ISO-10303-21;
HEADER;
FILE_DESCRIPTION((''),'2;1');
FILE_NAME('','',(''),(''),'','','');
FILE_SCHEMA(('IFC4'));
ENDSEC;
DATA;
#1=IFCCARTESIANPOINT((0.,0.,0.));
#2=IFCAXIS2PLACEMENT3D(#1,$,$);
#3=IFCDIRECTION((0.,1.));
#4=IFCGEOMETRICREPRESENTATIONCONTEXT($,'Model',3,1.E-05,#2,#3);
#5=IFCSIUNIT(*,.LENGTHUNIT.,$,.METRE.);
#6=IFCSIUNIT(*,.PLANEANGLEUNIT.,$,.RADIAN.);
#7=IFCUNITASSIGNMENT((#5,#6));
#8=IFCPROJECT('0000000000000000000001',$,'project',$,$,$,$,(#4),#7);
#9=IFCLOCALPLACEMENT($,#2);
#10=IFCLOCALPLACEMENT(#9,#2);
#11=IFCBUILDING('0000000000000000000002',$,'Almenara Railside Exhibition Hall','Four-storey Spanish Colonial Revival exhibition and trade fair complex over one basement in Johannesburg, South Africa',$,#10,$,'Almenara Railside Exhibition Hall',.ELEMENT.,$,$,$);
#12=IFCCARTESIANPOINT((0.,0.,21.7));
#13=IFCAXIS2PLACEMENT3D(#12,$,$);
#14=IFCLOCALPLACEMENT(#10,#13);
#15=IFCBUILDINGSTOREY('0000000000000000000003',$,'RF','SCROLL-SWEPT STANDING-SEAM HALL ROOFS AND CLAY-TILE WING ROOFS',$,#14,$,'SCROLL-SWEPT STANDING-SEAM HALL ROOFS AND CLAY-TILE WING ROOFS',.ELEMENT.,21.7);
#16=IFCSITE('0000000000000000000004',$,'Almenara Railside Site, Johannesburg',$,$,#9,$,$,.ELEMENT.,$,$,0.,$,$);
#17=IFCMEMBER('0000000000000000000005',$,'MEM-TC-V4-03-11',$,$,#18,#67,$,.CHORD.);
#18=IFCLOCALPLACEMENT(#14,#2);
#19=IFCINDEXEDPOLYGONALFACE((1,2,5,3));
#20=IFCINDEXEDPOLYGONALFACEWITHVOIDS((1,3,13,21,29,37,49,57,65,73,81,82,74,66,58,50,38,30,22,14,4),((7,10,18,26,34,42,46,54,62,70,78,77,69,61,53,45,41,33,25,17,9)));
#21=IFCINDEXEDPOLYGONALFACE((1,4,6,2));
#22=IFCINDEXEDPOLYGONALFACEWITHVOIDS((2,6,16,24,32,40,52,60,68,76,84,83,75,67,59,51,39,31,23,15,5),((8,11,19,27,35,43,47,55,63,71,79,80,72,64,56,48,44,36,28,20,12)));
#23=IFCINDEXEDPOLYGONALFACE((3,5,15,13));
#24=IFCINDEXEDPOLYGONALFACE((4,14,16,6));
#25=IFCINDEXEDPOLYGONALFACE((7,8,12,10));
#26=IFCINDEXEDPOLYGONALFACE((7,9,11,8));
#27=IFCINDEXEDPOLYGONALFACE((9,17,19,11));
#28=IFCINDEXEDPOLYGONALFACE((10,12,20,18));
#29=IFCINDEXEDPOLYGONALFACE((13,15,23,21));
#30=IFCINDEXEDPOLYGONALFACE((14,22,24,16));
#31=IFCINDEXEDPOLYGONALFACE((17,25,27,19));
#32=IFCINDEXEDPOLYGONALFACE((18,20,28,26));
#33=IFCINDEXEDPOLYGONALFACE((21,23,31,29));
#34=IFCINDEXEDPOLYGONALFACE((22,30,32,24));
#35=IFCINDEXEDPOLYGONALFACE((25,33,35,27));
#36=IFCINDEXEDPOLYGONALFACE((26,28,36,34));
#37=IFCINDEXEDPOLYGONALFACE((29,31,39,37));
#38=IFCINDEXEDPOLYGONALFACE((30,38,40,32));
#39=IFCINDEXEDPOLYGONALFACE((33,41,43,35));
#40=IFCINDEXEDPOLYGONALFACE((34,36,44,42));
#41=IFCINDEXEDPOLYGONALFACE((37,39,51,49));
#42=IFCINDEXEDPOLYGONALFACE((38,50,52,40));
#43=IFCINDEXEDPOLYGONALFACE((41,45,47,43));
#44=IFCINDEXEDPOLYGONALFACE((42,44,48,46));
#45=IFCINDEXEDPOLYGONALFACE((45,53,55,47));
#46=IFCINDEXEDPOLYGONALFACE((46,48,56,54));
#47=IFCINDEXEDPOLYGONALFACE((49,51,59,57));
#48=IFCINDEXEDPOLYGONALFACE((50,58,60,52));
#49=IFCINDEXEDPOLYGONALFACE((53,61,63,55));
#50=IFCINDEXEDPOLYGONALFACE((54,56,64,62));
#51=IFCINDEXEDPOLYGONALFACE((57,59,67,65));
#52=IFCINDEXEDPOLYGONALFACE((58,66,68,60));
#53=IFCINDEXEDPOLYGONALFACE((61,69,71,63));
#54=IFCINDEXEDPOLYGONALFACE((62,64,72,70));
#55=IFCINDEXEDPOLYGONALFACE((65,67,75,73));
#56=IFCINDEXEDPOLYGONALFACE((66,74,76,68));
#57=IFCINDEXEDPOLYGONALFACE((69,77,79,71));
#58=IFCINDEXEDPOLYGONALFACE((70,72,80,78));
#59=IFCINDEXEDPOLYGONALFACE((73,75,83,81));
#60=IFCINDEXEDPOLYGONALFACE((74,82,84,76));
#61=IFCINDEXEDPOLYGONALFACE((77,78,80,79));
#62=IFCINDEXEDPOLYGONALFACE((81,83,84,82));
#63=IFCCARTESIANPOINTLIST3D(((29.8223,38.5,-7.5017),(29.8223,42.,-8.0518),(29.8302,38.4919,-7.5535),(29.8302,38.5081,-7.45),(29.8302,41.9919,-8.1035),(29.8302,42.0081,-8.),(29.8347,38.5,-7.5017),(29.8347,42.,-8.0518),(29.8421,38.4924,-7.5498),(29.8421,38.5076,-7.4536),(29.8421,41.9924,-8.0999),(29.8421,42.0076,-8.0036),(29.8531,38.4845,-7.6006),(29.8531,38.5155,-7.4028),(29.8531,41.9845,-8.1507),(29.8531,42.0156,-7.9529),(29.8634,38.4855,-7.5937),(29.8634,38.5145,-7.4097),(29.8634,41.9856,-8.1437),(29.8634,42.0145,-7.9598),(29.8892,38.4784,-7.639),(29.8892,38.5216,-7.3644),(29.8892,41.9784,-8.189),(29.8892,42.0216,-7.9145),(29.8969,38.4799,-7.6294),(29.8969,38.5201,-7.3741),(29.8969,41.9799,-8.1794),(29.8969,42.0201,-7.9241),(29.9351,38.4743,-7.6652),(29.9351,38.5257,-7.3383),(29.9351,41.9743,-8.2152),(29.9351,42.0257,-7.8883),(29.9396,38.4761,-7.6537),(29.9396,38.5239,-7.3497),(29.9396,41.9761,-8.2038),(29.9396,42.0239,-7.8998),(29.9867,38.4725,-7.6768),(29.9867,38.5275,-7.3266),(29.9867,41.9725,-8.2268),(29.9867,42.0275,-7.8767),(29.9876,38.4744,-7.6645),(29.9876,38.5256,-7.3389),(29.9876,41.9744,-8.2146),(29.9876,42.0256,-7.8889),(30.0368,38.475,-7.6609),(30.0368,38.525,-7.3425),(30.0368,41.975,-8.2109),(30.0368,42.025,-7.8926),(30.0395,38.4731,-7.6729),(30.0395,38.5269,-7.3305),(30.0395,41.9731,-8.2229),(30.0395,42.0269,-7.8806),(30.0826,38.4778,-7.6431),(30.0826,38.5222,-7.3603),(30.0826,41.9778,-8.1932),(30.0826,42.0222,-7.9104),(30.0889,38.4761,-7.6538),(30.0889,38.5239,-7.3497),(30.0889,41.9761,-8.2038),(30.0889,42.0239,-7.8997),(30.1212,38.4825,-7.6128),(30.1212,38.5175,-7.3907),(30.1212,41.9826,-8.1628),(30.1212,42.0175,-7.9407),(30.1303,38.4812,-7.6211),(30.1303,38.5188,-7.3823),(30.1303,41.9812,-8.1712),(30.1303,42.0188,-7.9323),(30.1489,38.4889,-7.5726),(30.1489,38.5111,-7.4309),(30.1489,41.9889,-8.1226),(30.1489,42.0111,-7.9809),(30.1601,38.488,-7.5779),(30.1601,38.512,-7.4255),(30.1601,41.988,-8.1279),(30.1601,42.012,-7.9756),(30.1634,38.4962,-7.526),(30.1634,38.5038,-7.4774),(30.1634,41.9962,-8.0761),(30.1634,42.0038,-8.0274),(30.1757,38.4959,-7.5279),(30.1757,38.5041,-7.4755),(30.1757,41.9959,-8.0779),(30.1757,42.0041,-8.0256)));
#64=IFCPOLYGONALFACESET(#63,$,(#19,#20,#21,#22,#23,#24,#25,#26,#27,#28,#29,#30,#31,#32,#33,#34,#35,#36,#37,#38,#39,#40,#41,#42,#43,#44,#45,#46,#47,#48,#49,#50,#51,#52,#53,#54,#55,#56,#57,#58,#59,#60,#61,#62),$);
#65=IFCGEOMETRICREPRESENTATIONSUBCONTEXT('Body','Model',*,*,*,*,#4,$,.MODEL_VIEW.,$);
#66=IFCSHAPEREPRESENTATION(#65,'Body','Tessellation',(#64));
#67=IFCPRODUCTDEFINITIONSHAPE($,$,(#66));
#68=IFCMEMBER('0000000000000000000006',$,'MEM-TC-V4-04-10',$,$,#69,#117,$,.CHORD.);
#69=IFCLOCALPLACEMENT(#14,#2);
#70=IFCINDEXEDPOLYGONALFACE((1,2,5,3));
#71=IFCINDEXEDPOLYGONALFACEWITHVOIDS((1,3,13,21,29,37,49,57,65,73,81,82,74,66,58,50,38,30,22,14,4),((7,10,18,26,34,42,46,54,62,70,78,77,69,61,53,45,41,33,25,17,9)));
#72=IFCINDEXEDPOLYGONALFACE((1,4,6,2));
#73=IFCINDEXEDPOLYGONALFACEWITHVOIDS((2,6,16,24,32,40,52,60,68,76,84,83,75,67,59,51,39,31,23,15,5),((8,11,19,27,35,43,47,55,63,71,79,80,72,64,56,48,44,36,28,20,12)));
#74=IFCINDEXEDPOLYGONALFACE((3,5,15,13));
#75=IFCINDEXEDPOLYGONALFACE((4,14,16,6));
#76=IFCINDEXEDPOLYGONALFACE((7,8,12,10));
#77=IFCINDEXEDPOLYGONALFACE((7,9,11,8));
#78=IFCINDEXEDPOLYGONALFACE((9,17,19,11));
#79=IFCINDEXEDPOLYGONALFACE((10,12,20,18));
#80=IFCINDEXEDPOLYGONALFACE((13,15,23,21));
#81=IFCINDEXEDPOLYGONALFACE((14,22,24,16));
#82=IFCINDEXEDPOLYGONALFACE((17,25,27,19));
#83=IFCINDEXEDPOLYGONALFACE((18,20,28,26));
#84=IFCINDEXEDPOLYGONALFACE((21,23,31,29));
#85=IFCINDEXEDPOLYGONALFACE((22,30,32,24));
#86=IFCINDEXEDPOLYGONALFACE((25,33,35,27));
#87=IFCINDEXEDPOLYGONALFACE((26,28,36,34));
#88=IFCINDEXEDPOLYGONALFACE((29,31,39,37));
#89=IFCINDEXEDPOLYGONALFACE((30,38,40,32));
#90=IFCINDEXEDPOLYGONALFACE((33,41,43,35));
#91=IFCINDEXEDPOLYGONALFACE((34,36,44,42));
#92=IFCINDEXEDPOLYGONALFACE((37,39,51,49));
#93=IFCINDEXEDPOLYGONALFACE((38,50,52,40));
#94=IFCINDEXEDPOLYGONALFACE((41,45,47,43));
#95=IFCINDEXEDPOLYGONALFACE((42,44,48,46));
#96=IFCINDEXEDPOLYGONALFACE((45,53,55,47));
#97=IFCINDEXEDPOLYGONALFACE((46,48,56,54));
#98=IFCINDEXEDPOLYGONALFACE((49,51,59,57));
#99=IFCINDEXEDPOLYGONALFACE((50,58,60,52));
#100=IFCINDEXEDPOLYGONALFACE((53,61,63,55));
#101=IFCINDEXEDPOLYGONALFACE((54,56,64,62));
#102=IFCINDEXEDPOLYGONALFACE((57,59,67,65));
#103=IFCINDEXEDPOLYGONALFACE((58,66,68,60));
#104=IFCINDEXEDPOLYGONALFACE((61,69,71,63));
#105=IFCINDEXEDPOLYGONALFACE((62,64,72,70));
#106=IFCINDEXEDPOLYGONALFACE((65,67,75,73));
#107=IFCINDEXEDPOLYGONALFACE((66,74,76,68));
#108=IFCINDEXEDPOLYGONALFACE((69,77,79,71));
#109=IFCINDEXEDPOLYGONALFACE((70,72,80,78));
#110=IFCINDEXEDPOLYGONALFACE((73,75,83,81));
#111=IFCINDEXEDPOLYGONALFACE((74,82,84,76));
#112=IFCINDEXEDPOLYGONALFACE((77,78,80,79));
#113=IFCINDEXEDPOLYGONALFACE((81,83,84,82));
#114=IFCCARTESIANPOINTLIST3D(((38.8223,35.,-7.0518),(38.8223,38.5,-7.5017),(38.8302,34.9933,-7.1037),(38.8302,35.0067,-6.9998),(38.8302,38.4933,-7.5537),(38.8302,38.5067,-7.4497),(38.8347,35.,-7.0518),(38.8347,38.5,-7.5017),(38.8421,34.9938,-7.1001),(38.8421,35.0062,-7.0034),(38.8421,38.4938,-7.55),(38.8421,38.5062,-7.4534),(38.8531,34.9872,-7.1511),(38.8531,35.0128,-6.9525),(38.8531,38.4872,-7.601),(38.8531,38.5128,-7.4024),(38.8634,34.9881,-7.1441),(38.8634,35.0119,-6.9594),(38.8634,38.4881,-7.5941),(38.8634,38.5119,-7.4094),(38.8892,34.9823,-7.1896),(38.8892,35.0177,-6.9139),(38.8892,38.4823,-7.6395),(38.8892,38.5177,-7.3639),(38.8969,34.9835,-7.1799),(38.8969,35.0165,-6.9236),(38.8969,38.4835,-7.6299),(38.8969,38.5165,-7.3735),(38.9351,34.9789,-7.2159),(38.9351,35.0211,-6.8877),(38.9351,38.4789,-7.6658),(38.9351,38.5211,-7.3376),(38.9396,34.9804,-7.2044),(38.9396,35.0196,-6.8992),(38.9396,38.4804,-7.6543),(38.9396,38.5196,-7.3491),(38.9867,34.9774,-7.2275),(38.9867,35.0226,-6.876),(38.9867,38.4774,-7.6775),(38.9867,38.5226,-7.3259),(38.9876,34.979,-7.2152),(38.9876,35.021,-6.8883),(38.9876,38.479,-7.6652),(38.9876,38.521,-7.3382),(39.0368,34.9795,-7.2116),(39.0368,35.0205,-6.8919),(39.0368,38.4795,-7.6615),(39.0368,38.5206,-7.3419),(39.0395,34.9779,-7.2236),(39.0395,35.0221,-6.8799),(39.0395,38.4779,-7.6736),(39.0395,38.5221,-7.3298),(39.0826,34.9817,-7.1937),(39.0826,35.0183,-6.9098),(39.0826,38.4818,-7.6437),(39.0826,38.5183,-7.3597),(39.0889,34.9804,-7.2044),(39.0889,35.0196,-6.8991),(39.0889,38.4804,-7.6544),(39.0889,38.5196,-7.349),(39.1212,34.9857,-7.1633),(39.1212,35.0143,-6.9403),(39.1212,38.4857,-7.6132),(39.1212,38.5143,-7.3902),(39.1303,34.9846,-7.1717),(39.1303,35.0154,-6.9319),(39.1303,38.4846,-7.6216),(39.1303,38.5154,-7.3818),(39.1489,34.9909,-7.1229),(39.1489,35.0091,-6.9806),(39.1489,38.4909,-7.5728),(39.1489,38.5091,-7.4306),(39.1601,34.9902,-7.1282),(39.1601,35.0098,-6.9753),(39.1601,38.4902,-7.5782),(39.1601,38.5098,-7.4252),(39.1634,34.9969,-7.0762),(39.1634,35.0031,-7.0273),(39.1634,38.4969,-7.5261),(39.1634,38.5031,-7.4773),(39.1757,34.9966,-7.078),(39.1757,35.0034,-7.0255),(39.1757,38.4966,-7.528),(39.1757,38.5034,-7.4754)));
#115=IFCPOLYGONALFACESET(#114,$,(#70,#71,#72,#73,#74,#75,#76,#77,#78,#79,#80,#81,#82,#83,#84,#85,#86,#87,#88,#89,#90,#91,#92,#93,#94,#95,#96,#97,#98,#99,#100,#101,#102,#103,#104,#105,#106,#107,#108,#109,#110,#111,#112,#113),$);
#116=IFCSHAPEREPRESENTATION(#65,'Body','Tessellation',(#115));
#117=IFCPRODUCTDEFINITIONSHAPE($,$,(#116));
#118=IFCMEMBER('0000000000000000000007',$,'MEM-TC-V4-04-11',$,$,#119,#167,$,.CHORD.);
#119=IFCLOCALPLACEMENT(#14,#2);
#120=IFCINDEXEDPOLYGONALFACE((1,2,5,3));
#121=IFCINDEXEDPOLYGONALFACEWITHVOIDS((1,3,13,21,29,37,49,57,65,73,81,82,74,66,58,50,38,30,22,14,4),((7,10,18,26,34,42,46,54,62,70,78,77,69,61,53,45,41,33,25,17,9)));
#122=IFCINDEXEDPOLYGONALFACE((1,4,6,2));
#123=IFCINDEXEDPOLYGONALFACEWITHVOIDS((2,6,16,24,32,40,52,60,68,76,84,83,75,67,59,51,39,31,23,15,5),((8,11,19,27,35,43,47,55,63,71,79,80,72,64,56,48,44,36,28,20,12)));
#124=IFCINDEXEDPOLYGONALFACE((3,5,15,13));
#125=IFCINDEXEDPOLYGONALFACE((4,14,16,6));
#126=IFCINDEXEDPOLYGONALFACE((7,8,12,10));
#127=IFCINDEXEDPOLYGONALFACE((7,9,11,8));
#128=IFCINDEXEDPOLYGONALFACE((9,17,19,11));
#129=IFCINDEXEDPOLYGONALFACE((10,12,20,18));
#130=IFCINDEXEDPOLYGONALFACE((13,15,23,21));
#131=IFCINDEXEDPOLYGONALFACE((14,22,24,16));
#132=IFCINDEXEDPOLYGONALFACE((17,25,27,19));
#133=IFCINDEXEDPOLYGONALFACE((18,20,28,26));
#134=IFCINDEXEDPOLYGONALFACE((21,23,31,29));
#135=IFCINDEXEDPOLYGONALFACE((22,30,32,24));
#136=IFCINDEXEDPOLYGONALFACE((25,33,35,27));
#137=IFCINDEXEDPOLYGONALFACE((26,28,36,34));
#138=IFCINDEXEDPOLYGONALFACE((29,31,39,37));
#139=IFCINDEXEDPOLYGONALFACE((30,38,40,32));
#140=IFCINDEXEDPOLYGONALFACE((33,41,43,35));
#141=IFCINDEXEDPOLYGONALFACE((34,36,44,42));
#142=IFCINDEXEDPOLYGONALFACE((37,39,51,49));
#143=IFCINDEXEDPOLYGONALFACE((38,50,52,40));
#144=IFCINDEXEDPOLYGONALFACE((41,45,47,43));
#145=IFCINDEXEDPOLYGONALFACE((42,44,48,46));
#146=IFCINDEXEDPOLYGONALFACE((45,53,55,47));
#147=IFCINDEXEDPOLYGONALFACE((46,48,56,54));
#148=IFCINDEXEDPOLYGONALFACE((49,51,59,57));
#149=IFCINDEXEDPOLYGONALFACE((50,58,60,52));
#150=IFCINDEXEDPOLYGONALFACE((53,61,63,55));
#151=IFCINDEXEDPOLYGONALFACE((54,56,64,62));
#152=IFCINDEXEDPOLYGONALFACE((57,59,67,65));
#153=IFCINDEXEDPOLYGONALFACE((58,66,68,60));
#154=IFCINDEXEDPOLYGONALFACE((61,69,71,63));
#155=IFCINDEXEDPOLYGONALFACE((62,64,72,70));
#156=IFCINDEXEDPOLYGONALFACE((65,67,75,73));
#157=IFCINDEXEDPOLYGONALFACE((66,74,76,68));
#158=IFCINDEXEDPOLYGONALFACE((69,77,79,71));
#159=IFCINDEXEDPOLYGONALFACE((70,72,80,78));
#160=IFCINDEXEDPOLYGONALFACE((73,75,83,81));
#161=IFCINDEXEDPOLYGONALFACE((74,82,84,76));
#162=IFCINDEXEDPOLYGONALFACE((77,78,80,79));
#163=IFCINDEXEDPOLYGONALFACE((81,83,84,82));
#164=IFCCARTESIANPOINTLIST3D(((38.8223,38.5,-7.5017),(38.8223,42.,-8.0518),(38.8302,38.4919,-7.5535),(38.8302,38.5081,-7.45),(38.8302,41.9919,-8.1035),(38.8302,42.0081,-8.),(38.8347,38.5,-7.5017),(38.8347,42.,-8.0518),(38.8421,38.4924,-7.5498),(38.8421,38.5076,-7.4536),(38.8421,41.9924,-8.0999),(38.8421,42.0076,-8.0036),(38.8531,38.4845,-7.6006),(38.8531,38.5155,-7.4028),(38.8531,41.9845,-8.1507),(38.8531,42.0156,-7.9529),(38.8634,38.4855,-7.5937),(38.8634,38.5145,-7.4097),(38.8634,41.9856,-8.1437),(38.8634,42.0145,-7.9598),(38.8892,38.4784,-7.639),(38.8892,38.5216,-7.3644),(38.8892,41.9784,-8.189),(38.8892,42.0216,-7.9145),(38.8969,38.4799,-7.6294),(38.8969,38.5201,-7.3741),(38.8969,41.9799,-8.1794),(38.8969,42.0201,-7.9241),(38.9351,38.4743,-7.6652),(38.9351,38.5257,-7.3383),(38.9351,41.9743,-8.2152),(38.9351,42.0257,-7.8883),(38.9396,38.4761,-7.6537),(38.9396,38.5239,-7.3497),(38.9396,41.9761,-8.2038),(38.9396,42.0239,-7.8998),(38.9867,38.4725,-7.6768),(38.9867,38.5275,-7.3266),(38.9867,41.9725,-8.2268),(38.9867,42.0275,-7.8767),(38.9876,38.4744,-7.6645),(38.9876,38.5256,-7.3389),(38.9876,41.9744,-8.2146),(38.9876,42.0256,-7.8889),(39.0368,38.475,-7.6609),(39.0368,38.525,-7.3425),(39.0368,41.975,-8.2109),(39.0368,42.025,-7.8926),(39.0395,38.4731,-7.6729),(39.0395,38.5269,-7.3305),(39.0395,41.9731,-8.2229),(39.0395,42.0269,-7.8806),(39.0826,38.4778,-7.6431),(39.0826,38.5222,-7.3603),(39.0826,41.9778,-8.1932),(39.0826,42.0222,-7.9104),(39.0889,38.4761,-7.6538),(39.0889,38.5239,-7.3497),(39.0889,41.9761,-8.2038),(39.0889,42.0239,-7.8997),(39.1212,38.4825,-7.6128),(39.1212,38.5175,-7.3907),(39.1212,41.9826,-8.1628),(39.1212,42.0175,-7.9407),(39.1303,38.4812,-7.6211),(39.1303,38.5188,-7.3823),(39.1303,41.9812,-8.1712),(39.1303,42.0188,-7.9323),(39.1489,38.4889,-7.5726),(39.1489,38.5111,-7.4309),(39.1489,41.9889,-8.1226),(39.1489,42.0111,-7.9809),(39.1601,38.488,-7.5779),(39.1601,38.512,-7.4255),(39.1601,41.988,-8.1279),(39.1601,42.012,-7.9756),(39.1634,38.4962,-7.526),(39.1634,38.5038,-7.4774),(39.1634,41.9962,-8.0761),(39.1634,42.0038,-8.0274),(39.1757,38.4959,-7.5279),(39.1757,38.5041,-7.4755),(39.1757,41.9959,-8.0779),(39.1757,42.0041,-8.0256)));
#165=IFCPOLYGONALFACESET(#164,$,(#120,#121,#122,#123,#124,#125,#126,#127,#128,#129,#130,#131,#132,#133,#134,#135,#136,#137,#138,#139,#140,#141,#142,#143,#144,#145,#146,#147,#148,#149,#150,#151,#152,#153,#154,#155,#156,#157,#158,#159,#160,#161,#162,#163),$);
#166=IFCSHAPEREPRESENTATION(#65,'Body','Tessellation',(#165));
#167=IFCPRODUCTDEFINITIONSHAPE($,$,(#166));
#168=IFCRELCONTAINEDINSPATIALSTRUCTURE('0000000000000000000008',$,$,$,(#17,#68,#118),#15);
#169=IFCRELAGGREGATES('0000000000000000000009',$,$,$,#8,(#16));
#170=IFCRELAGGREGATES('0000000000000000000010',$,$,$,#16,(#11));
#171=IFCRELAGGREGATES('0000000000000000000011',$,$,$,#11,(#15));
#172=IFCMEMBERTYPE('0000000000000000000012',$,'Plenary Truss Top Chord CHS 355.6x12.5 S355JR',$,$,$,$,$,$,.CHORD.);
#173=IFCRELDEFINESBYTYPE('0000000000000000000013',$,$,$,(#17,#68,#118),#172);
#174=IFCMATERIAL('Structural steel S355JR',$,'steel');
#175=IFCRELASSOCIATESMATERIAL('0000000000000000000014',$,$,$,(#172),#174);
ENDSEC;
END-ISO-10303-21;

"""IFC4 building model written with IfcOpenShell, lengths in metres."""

from ifc_helpers import new_model, si_unit, direction, frame, origin, origin_2d, place, context, subcontext, project, spatial, hollow_circle, extrude, material, material_profile, profile_set, type_object, element, save


model = new_model("IFC4")

# Units and contexts
model_context = context("Model", 3, precision=1e-05, world=origin(), true_north=direction((0.0, 1.0)))
body_context = subcontext(model_context, "Body", "Model", "MODEL_VIEW")
ifc_project = project(units=[si_unit("LENGTHUNIT", "METRE"), si_unit("PLANEANGLEUNIT", "RADIAN")], contexts=[model_context])

# Site, building, storey
site_placement = place(None, origin())
site = spatial("IfcSite", under=ifc_project, at=site_placement, Name="Almenara Railside Site, Johannesburg", CompositionType="ELEMENT", RefElevation=0.0)
building_placement = place(site_placement, origin())
building = spatial("IfcBuilding", under=site, at=building_placement, Name="Almenara Railside Exhibition Hall", Description="Four-storey Spanish Colonial Revival exhibition and trade fair complex over one basement in Johannesburg, South Africa", LongName="Almenara Railside Exhibition Hall", CompositionType="ELEMENT")
storey_placement = place(building_placement, frame((0.0, 0.0, 21.7)))
storey = spatial("IfcBuildingStorey", under=building, at=storey_placement, Name="RF", Description="SCROLL-SWEPT STANDING-SEAM HALL ROOFS AND CLAY-TILE WING ROOFS", LongName="SCROLL-SWEPT STANDING-SEAM HALL ROOFS AND CLAY-TILE WING ROOFS", CompositionType="ELEMENT", Elevation=21.7)

# Members
ifc_material = material(Name="Structural steel S355JR", Category="steel")
ifc_material_profile_1 = material_profile(ifc_material, hollow_circle(Radius=0.1777, WallThickness=0.0125, at=origin_2d()), Name="CHS 355.6x12.5")
ifc_profile_set_1 = profile_set([ifc_material_profile_1], Name="Structural steel S355JR")
member_type_1 = type_object("IfcMemberType", Name="Plenary Truss Top Chord CHS 355.6x12.5 S355JR", PredefinedType="CHORD", material=ifc_profile_set_1)
member_1_placement = place(storey_placement, frame((30.0, 38.5, -7.5017), z_axis=(0.0, 0.987875, -0.155251), x_axis=(-1.0, 0.0, 0.0)))
element("IfcMember", 1, at=member_1_placement, inside=storey, type_object=member_type_1, Name="MEM-TC-V4-03-11", PredefinedType="CHORD", context=body_context, shape_type="SweptSolid", body=[
    extrude(hollow_circle(Radius=0.1777, WallThickness=0.0125, at=origin_2d()), origin(), (0.0, 0.0, 1.0), 3.543),
])
member_2_placement = place(storey_placement, frame((39.0, 35.0, -7.0518), z_axis=(0.0, 0.991838, -0.127508), x_axis=(-1.0, 0.0, 0.0)))
element("IfcMember", 2, at=member_2_placement, inside=storey, type_object=member_type_1, Name="MEM-TC-V4-04-10", PredefinedType="CHORD", context=body_context, shape_type="SweptSolid", body=[
    extrude(hollow_circle(Radius=0.1777, WallThickness=0.0125, at=origin_2d()), origin(), (0.0, 0.0, 1.0), 3.5288),
])
member_3_placement = place(storey_placement, frame((39.0, 38.5, -7.5017), z_axis=(0.0, 0.987875, -0.155251), x_axis=(-1.0, 0.0, 0.0)))
element("IfcMember", 3, at=member_3_placement, inside=storey, type_object=member_type_1, Name="MEM-TC-V4-04-11", PredefinedType="CHORD", context=body_context, shape_type="SweptSolid", body=[
    extrude(hollow_circle(Radius=0.1777, WallThickness=0.0125, at=origin_2d()), origin(), (0.0, 0.0, 1.0), 3.543),
])

save(model, "model.ifc")
